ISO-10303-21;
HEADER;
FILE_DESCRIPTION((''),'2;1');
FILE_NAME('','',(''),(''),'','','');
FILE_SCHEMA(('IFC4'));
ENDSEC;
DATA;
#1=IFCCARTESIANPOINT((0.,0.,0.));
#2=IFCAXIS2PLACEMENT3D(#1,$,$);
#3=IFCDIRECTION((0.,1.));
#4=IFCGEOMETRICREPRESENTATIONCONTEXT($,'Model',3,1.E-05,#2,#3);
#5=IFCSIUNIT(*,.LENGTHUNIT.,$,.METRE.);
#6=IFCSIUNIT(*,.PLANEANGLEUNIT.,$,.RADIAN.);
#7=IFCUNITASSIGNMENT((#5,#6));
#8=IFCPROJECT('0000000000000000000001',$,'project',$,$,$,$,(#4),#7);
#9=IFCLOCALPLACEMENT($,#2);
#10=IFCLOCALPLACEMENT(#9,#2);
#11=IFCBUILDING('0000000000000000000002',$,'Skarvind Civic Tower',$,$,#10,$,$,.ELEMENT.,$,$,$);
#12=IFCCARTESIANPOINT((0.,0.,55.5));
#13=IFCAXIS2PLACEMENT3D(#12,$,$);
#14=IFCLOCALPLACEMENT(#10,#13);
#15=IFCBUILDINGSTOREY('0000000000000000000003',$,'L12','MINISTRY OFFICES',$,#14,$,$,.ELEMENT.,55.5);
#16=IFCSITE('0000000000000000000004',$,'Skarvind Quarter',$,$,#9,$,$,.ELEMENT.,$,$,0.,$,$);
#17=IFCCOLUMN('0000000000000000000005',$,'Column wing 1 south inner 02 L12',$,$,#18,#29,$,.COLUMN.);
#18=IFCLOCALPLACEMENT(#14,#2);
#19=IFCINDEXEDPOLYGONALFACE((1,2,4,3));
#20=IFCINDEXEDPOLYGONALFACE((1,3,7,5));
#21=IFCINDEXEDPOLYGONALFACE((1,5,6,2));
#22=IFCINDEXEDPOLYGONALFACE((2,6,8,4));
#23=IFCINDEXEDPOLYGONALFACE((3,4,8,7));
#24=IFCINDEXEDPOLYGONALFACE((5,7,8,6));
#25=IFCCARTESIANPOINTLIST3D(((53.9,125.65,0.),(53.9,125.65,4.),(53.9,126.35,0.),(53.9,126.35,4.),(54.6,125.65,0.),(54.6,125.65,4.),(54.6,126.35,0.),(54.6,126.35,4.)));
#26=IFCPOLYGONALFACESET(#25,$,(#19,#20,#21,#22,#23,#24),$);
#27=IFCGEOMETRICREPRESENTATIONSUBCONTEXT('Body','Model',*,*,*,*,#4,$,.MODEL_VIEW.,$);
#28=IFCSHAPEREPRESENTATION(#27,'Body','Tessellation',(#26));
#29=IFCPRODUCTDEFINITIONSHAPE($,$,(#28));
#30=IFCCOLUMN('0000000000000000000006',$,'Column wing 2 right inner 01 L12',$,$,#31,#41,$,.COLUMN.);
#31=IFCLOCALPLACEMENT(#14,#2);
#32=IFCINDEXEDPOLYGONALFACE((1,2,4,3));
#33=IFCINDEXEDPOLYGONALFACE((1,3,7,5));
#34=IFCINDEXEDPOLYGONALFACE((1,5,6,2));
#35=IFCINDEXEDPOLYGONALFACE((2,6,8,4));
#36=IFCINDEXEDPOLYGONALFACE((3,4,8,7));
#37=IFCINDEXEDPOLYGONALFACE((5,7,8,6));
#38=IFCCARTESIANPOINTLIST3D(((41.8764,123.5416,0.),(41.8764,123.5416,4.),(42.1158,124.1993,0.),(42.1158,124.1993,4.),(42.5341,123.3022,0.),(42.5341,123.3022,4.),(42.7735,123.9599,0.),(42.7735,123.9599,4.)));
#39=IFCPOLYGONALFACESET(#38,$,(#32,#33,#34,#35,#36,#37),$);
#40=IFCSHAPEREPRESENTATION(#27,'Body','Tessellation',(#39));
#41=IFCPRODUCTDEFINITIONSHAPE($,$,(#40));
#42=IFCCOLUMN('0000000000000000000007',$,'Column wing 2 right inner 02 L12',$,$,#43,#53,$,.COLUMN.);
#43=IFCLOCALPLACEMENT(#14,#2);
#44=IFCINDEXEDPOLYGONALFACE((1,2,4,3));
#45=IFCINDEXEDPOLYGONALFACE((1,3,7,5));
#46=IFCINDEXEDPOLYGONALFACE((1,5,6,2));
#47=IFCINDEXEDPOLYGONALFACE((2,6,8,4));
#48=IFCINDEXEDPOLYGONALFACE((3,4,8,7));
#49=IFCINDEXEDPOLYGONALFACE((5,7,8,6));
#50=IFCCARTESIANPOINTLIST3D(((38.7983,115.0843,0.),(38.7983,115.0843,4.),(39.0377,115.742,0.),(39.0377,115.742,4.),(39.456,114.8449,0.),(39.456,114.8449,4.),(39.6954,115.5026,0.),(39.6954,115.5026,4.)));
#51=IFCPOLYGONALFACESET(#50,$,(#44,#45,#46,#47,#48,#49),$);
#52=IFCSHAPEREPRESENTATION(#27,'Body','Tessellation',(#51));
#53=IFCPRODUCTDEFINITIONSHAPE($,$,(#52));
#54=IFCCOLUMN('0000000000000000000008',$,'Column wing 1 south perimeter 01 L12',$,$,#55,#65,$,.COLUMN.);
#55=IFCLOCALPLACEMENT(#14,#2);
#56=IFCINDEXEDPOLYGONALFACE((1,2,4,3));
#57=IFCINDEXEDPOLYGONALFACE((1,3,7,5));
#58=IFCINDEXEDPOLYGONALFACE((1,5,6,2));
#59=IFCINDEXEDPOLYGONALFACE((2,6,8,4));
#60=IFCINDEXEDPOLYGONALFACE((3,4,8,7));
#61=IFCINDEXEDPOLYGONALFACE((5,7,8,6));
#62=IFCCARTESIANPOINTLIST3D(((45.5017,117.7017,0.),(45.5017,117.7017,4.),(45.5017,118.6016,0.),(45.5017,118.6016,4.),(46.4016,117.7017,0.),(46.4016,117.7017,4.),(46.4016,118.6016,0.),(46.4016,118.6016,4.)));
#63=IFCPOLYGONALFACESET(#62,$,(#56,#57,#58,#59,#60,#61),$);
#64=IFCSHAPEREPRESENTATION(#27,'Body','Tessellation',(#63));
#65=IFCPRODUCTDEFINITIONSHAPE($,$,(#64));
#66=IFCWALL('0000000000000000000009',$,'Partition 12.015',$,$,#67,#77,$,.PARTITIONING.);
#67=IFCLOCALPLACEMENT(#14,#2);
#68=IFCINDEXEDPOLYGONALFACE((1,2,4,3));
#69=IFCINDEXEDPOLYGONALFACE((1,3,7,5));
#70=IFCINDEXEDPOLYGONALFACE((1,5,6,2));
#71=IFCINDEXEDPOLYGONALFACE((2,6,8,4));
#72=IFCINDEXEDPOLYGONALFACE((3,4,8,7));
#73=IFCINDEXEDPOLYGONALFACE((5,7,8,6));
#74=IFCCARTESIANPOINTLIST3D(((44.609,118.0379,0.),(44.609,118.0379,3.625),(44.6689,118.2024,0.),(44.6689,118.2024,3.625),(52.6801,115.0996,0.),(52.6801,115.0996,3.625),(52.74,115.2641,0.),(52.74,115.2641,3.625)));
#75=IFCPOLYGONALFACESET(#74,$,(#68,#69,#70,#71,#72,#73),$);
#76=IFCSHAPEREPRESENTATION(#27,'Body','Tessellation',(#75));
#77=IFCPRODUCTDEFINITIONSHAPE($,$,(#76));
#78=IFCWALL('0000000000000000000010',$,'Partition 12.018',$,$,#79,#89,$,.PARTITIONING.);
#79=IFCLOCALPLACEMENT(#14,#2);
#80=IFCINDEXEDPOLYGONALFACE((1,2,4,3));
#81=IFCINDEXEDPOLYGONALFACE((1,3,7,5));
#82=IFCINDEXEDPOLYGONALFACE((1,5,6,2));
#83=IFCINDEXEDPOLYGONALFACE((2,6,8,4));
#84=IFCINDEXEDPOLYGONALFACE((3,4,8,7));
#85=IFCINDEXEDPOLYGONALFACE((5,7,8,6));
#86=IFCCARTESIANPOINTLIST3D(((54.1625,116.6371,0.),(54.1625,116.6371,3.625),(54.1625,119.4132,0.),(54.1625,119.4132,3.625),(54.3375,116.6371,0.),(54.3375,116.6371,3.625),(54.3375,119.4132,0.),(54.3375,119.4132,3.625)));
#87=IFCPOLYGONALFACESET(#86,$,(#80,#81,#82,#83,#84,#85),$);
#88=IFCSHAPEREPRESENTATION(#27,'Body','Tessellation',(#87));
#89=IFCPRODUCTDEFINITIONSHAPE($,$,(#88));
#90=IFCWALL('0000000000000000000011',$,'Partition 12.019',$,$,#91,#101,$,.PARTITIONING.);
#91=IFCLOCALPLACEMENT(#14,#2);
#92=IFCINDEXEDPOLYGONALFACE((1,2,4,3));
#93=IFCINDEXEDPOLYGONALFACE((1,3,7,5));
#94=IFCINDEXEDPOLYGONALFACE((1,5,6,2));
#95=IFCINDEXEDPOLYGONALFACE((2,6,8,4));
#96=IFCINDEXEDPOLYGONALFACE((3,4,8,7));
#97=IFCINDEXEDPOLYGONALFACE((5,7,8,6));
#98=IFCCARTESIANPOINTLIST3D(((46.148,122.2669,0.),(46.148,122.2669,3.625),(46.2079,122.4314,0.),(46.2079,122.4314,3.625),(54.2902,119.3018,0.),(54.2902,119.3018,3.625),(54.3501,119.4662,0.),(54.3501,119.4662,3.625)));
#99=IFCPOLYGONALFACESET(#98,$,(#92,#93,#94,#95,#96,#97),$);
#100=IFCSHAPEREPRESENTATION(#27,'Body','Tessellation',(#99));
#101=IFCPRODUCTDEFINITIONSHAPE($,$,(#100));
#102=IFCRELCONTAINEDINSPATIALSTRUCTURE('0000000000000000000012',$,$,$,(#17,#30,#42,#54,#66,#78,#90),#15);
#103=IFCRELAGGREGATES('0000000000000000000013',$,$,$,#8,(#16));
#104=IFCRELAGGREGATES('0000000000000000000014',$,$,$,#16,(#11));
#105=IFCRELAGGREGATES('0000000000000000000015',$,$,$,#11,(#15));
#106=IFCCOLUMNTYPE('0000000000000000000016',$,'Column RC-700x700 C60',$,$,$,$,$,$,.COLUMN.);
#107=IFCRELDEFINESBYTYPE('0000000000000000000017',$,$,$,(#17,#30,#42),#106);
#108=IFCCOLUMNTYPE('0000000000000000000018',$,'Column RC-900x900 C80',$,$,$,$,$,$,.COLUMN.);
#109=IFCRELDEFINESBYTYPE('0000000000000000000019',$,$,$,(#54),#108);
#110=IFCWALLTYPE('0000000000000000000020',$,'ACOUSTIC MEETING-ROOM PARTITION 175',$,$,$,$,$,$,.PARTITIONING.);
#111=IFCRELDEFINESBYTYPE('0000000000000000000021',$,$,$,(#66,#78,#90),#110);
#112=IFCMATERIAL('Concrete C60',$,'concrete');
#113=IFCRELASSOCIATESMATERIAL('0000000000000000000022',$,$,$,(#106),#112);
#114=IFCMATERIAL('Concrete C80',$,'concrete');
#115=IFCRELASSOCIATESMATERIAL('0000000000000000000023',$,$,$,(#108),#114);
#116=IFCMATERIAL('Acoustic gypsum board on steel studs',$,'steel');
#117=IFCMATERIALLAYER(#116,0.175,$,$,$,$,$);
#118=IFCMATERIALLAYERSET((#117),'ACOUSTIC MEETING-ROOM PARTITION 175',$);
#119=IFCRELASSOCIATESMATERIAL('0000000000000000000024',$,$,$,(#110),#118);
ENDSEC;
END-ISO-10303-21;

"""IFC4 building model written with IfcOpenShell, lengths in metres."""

from ifc_helpers import new_model, si_unit, direction, frame, frame_2d, origin, origin_2d, place, context, subcontext, project, spatial, rectangle, extrude, material, layer, layer_set, material_profile, profile_set, type_object, element, save


model = new_model("IFC4")

# Units and contexts
model_context = context("Model", 3, precision=1e-05, world=origin(), true_north=direction((0.0, 1.0)))
body_context = subcontext(model_context, "Body", "Model", "MODEL_VIEW")
ifc_project = project(units=[si_unit("LENGTHUNIT", "METRE"), si_unit("PLANEANGLEUNIT", "RADIAN")], contexts=[model_context])

# Site, building, storey
site_placement = place(None, origin())
site = spatial("IfcSite", under=ifc_project, at=site_placement, Name="Skarvind Quarter", CompositionType="ELEMENT", RefElevation=0.0)
building_placement = place(site_placement, origin())
building = spatial("IfcBuilding", under=site, at=building_placement, Name="Skarvind Civic Tower", CompositionType="ELEMENT")
storey_placement = place(building_placement, frame((0.0, 0.0, 55.5)))
storey = spatial("IfcBuildingStorey", under=building, at=storey_placement, Name="L12", Description="MINISTRY OFFICES", CompositionType="ELEMENT", Elevation=55.5)

# Columns
ifc_material_1 = material(Name="Concrete C60", Category="concrete")
ifc_material_profile_1 = material_profile(ifc_material_1, rectangle(XDim=0.7, YDim=0.7, at=origin_2d()), Name="RC-700x700")
ifc_profile_set_1 = profile_set([ifc_material_profile_1], Name="Concrete C60")
column_type_1 = type_object("IfcColumnType", Name="Column RC-700x700 C60", PredefinedType="COLUMN", material=ifc_profile_set_1)
for number, where, z_axis, x_axis, name in (
    (1, (54.25, 126.0, 0.0), (0.0, 0.0, 1.0), (1.0, 0.0, 0.0), "Column wing 1 south inner 02 L12"),
    (2, (42.325, 123.7507, 0.0), (0.0, 0.0, 1.0), (-0.34202, -0.939693, 0.0), "Column wing 2 right inner 01 L12"),
    (3, (39.2468, 115.2935, 0.0), (0.0, 0.0, 1.0), (-0.34202, -0.939693, 0.0), "Column wing 2 right inner 02 L12"),
):
    element("IfcColumn", number, at=place(storey_placement, frame(where, z_axis=z_axis, x_axis=x_axis)), inside=storey, type_object=column_type_1, Name=name, PredefinedType="COLUMN", context=body_context, shape_type="SweptSolid", body=[
        extrude(rectangle(XDim=0.7, YDim=0.7, at=origin_2d()), origin(), (0.0, 0.0, 1.0), 4.0),
    ])
ifc_material_2 = material(Name="Concrete C80", Category="concrete")
ifc_material_profile_2 = material_profile(ifc_material_2, rectangle(XDim=0.8999, YDim=0.8999, at=origin_2d()), Name="RC-900x900")
ifc_profile_set_2 = profile_set([ifc_material_profile_2], Name="Concrete C80")
column_type_2 = type_object("IfcColumnType", Name="Column RC-900x900 C80", PredefinedType="COLUMN", material=ifc_profile_set_2)
column_placement = place(storey_placement, frame((45.9517, 118.1516, 0.0), z_axis=(0.0, 0.0, 1.0), x_axis=(1.0, 0.0, 0.0)))
element("IfcColumn", 4, at=column_placement, inside=storey, type_object=column_type_2, Name="Column wing 1 south perimeter 01 L12", PredefinedType="COLUMN", context=body_context, shape_type="SweptSolid", body=[
    extrude(rectangle(XDim=0.8999, YDim=0.8999, at=origin_2d()), origin(), (0.0, 0.0, 1.0), 4.0),
])

# Walls
ifc_material_3 = material(Name="Acoustic gypsum board on steel studs", Category="steel")
ifc_layer_1 = layer(ifc_material_3, 0.175)
ifc_layer_set_1 = layer_set([ifc_layer_1], Name="ACOUSTIC MEETING-ROOM PARTITION 175")
wall_type_1 = type_object("IfcWallType", Name="ACOUSTIC MEETING-ROOM PARTITION 175", PredefinedType="PARTITIONING", material=ifc_layer_set_1)
wall_1_placement = place(storey_placement, frame((44.6389, 118.1201, 0.0), z_axis=(0.0, 0.0, 1.0), x_axis=(0.93967, -0.342083, 0.0)))
element("IfcWall", 5, at=wall_1_placement, inside=storey, type_object=wall_type_1, Name="Partition 12.015", PredefinedType="PARTITIONING", context=body_context, shape_type="SweptSolid", body=[
    extrude(rectangle(XDim=8.5894, YDim=0.175, at=frame_2d((4.2947, 0.0))), origin(), (0.0, 0.0, 1.0), 3.625),
])
wall_2_placement = place(storey_placement, frame((54.25, 116.637, 0.0), z_axis=(0.0, 0.0, 1.0), x_axis=(0.0, 1.0, 0.0)))
element("IfcWall", 6, at=wall_2_placement, inside=storey, type_object=wall_type_1, Name="Partition 12.018", PredefinedType="PARTITIONING", context=body_context, shape_type="SweptSolid", body=[
    extrude(rectangle(XDim=2.7761, YDim=0.175, at=frame_2d((1.3882, 0.0))), origin(), (0.0, 0.0, 1.0), 3.625),
])
wall_3_placement = place(storey_placement, frame((54.3201, 119.384, 0.0), z_axis=(0.0, 0.0, 1.0), x_axis=(-0.939633, 0.342184, 0.0)))
element("IfcWall", 7, at=wall_3_placement, inside=storey, type_object=wall_type_1, Name="Partition 12.019", PredefinedType="PARTITIONING", context=body_context, shape_type="SweptSolid", body=[
    extrude(rectangle(XDim=8.6653, YDim=0.175, at=frame_2d((4.3325, 0.0))), origin(), (0.0, 0.0, 1.0), 3.625),
])

save(model, "model.ifc")
